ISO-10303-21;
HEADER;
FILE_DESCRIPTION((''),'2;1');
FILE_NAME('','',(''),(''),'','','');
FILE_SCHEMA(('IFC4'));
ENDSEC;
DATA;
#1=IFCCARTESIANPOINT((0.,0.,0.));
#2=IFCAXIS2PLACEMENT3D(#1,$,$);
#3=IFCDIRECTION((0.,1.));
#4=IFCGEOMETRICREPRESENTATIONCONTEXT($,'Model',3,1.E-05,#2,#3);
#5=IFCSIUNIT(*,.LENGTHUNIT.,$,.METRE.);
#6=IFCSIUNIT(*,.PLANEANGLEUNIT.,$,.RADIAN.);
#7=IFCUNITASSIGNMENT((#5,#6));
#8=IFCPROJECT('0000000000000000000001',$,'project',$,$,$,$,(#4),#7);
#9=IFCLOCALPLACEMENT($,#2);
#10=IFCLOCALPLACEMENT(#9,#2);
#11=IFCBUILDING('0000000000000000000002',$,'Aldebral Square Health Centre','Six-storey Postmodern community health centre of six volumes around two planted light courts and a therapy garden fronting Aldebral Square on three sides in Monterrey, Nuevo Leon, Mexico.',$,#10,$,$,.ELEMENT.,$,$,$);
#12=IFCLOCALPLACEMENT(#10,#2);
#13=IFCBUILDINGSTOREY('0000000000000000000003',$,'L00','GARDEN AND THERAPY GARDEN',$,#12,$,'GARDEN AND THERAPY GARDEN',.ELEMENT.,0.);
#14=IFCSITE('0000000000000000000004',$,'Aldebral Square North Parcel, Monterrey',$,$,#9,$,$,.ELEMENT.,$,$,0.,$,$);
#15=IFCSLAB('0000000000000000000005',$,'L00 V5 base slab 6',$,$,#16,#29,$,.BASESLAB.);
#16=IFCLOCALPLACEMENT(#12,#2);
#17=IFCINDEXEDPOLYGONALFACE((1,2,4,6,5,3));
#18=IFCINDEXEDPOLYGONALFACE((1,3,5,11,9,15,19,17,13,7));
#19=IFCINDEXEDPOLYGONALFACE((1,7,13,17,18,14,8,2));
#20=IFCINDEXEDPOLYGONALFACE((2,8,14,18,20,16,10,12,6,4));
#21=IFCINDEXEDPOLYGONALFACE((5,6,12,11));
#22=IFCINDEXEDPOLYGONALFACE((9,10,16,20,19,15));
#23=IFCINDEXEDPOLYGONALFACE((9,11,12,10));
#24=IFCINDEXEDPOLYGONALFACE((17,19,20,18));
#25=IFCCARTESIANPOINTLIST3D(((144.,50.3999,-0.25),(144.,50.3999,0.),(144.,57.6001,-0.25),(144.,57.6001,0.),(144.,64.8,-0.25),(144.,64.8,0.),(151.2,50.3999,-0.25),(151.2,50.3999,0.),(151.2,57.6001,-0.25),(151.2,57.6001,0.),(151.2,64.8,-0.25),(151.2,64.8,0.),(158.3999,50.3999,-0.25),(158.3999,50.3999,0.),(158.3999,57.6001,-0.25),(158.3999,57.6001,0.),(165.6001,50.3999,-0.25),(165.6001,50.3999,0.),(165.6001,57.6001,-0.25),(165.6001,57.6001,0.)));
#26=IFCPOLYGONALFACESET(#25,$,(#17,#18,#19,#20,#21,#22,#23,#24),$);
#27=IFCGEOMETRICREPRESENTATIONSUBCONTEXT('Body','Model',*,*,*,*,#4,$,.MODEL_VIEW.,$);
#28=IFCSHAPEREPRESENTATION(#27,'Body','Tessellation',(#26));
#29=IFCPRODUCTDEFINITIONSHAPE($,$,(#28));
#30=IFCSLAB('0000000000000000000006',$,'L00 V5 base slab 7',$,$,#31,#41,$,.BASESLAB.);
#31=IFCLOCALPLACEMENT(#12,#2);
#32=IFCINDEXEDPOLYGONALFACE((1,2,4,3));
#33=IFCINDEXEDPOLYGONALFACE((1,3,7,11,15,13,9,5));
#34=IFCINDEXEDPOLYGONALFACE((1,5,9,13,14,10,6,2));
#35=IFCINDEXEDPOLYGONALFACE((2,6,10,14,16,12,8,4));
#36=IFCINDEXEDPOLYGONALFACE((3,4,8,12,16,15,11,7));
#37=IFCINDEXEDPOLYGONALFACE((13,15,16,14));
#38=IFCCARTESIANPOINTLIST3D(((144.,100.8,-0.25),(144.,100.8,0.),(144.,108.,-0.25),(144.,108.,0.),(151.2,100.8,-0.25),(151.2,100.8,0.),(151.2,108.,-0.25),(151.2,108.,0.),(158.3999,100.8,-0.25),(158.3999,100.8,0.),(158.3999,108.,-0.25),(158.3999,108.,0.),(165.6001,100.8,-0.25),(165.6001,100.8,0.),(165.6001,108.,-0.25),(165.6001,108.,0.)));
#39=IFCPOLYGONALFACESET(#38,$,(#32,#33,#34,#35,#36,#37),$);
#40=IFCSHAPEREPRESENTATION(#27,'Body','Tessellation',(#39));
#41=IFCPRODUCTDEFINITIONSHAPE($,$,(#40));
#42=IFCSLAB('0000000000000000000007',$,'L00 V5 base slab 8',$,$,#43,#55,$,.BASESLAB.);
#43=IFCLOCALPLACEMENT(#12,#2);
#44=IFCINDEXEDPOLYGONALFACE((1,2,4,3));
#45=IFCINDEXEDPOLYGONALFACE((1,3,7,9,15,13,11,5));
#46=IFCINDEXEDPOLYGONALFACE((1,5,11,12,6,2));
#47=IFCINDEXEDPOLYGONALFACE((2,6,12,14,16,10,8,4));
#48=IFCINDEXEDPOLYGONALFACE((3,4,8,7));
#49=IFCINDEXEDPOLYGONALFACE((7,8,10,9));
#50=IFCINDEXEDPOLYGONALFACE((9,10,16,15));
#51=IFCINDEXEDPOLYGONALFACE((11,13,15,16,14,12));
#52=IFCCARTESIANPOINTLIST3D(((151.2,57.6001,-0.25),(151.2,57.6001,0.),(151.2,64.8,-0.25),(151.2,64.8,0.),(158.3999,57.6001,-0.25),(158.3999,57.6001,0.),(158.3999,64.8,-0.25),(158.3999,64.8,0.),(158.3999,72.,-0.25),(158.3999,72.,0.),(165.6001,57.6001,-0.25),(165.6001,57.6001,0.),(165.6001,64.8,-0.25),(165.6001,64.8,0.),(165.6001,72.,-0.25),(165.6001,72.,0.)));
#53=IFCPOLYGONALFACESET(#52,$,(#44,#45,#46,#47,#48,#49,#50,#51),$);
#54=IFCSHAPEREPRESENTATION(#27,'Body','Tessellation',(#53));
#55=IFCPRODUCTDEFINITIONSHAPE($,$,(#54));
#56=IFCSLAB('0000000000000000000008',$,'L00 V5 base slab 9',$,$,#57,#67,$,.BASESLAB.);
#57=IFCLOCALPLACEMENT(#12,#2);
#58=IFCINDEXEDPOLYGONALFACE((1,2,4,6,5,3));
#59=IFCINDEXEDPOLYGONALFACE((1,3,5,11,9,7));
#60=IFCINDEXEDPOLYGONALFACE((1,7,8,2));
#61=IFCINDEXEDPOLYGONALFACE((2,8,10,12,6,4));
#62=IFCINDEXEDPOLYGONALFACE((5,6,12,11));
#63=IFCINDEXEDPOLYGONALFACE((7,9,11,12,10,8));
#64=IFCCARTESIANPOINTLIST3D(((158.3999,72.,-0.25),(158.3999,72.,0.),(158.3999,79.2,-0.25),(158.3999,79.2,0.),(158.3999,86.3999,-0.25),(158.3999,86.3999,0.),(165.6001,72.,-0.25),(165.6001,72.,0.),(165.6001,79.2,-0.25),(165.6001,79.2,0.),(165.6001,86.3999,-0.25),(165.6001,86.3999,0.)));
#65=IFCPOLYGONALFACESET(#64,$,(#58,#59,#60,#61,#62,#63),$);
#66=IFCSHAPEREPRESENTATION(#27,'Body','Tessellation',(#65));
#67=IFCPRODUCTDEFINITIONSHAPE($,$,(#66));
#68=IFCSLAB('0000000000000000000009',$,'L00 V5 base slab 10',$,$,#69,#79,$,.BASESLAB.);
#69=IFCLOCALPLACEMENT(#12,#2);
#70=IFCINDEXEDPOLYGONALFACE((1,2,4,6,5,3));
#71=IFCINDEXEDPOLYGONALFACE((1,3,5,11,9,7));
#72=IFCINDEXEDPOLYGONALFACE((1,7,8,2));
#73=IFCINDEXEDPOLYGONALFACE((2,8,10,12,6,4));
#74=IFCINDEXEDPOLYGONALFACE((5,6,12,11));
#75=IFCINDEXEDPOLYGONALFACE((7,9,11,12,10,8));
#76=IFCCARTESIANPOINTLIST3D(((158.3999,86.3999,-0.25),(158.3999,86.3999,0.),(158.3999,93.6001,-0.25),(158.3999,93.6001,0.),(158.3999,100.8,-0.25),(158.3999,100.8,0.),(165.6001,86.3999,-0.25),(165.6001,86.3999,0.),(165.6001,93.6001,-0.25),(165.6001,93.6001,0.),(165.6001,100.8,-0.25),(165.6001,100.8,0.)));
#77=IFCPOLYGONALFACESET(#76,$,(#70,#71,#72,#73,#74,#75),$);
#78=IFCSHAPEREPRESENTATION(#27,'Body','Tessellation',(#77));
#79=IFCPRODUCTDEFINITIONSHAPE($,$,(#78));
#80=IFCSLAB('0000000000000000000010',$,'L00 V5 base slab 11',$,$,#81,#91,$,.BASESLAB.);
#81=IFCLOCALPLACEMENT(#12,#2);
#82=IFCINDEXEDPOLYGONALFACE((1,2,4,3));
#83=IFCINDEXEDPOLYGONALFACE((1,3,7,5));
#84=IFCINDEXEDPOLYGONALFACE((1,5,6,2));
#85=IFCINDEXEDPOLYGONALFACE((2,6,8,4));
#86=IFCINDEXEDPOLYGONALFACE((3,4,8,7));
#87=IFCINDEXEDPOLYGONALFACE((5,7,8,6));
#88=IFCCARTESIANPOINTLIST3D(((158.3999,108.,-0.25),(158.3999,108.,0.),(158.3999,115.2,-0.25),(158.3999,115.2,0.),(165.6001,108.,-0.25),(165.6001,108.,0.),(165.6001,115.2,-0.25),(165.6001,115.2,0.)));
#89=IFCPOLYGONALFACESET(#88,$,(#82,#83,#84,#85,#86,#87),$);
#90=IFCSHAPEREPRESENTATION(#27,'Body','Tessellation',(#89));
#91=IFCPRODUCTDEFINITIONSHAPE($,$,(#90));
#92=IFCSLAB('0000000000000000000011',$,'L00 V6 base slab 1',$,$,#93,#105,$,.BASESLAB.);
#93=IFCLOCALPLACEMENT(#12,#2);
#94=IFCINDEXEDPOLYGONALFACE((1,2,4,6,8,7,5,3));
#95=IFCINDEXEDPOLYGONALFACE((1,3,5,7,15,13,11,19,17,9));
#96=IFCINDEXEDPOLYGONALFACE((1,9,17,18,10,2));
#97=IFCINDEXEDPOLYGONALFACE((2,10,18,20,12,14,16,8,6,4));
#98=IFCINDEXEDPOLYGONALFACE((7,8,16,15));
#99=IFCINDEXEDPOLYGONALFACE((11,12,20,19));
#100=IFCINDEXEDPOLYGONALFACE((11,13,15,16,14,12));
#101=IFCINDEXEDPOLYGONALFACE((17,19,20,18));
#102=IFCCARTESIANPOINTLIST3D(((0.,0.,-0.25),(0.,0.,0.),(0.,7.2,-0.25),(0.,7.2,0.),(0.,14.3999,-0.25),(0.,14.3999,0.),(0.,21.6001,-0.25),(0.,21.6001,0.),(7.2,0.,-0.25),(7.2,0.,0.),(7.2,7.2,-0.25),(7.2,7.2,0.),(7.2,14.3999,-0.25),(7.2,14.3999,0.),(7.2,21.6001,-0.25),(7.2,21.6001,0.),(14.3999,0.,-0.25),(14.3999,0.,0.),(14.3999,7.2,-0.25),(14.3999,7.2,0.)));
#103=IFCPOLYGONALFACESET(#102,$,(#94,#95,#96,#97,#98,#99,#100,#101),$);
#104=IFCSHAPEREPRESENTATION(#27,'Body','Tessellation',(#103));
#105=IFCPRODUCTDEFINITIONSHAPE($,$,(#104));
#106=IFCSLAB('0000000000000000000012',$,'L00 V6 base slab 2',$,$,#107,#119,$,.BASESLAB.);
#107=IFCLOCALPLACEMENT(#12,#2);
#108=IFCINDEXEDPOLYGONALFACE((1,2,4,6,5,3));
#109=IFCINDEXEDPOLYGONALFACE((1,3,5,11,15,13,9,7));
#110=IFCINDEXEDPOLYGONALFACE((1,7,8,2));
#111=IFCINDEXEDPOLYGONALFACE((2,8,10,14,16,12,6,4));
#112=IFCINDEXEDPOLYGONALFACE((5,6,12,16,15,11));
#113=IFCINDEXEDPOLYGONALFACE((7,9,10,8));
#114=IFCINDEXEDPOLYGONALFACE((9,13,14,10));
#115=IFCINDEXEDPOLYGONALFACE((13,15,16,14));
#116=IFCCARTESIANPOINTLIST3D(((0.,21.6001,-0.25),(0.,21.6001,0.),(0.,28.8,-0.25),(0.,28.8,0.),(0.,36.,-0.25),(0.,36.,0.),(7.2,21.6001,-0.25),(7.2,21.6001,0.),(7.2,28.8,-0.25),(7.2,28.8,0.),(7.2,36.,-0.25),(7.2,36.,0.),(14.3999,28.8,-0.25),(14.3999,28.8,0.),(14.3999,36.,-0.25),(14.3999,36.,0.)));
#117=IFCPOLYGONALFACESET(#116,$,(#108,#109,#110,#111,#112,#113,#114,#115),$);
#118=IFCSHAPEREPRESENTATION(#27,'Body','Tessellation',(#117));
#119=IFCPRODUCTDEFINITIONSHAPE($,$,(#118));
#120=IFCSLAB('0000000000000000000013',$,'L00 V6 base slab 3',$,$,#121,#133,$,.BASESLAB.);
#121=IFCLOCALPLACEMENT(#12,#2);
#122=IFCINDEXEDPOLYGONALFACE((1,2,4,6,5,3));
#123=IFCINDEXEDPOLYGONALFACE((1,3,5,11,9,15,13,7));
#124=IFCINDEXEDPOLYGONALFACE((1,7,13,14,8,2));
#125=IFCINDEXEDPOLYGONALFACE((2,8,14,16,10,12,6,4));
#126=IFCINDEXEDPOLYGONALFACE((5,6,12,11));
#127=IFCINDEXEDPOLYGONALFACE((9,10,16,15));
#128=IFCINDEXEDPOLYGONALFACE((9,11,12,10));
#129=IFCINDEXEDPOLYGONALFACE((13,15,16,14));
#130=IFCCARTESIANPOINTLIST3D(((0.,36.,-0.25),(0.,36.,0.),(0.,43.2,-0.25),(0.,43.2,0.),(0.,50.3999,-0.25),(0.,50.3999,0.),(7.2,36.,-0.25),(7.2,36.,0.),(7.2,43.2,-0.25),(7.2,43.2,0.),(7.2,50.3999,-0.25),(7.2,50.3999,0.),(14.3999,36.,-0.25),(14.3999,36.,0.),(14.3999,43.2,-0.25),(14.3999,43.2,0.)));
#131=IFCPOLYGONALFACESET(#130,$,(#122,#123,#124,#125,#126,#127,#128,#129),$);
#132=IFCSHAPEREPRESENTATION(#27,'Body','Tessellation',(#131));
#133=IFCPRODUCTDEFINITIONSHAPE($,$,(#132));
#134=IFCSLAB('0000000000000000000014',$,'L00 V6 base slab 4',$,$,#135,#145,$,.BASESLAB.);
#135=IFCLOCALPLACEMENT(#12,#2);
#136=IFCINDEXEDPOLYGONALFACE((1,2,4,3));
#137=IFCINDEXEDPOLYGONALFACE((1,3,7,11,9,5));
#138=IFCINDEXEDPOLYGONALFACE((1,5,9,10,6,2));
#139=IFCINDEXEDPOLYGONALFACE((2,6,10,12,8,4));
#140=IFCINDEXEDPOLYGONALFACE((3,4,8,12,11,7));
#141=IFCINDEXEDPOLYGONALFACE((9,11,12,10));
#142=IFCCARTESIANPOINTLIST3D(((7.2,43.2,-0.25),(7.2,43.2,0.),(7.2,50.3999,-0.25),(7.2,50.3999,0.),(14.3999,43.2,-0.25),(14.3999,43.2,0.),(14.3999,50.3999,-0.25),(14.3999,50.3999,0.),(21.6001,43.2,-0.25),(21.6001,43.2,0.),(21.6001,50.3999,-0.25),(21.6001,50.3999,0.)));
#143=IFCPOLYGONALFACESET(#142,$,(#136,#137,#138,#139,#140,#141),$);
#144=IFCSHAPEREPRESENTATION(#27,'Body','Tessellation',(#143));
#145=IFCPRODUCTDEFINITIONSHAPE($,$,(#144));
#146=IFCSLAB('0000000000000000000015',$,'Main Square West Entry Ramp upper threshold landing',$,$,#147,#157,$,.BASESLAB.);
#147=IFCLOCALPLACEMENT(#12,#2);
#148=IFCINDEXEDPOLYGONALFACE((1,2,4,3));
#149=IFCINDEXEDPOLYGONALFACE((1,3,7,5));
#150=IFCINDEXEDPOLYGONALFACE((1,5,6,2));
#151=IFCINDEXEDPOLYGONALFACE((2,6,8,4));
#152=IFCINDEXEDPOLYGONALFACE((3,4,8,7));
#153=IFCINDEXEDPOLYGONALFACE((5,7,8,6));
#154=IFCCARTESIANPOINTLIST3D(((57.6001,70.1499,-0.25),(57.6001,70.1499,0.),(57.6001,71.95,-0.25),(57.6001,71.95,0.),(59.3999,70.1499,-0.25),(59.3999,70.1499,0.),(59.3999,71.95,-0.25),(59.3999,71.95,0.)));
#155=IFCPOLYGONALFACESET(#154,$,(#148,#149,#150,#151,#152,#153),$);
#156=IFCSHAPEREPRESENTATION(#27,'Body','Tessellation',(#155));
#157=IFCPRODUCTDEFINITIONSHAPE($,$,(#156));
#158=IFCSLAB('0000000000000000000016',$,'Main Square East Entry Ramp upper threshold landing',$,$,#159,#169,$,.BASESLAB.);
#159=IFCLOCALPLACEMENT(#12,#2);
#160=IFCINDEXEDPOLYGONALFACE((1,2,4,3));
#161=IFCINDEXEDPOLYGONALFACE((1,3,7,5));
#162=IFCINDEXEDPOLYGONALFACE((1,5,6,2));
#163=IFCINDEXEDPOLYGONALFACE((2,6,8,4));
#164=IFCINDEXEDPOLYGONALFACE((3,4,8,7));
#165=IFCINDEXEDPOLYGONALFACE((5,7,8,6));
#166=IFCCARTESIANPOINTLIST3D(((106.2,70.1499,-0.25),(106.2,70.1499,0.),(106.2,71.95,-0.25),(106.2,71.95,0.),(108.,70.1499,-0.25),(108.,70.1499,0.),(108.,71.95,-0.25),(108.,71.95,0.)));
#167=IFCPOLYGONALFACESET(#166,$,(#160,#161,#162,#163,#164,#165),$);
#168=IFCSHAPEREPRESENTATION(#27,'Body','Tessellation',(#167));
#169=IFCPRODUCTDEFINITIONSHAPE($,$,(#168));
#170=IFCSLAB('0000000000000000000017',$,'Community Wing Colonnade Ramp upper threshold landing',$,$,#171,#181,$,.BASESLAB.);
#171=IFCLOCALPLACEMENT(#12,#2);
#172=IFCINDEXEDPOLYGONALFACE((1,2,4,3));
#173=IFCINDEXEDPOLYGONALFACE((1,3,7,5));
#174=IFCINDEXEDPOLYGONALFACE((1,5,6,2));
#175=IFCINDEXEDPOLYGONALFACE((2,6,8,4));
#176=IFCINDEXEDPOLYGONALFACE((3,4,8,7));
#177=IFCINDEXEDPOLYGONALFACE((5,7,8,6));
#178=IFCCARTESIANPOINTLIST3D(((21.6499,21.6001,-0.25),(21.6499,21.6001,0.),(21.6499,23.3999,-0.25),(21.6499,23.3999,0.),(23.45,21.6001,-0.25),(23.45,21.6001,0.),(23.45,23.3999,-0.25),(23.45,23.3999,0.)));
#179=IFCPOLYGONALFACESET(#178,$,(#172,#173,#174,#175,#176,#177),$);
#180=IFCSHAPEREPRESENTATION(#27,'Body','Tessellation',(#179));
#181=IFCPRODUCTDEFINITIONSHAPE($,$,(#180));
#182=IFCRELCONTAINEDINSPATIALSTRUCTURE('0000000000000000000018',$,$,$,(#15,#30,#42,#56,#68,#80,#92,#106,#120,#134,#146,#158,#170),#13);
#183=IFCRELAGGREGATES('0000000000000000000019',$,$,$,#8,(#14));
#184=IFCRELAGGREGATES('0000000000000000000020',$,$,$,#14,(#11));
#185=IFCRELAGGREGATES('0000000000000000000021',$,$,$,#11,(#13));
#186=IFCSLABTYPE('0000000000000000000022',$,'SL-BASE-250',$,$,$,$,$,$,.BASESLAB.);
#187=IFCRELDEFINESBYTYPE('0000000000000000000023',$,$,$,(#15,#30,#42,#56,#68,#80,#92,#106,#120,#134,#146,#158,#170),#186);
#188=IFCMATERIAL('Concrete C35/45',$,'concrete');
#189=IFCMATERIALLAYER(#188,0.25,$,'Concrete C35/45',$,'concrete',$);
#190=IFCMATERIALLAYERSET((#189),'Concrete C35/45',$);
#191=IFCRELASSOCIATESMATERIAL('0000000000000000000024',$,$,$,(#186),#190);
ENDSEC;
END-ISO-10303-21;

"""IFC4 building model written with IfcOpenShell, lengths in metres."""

from ifc_helpers import new_model, si_unit, direction, frame, origin, place, context, subcontext, project, spatial, polyline, outline, extrude, material, layer, layer_set, type_object, element, save


model = new_model("IFC4")

# Units and contexts
model_context = context("Model", 3, precision=1e-05, world=origin(), true_north=direction((0.0, 1.0)))
body_context = subcontext(model_context, "Body", "Model", "MODEL_VIEW")
ifc_project = project(units=[si_unit("LENGTHUNIT", "METRE"), si_unit("PLANEANGLEUNIT", "RADIAN")], contexts=[model_context])

# Site, building, storey
site_placement = place(None, origin())
site = spatial("IfcSite", under=ifc_project, at=site_placement, Name="Aldebral Square North Parcel, Monterrey", CompositionType="ELEMENT", RefElevation=0.0)
building_placement = place(site_placement, origin())
building = spatial("IfcBuilding", under=site, at=building_placement, Name="Aldebral Square Health Centre", Description="Six-storey Postmodern community health centre of six volumes around two planted light courts and a therapy garden fronting Aldebral Square on three sides in Monterrey, Nuevo Leon, Mexico.", CompositionType="ELEMENT")
storey_placement = place(building_placement, origin())
storey = spatial("IfcBuildingStorey", under=building, at=storey_placement, Name="L00", Description="GARDEN AND THERAPY GARDEN", LongName="GARDEN AND THERAPY GARDEN", CompositionType="ELEMENT", Elevation=0.0)

# Slabs
ifc_material = material(Name="Concrete C35/45", Category="concrete")
ifc_layer_1 = layer(ifc_material, 0.25, Name="Concrete C35/45", Category="concrete")
ifc_layer_set_1 = layer_set([ifc_layer_1], Name="Concrete C35/45")
slab_type_1 = type_object("IfcSlabType", Name="SL-BASE-250", PredefinedType="BASESLAB", material=ifc_layer_set_1)
slab_1_placement = place(storey_placement, frame((0.0, 0.0, -0.25)))
element("IfcSlab", 1, at=slab_1_placement, inside=storey, type_object=slab_type_1, Name="L00 V5 base slab 6", PredefinedType="BASESLAB", context=body_context, shape_type="SweptSolid", body=[
    extrude(outline(polyline([(144.0, 57.6001), (144.0, 64.8), (151.2, 64.8), (151.2, 57.6001), (158.3999, 57.6001), (165.6001, 57.6001), (165.6001, 50.3999), (158.3999, 50.3999), (151.2, 50.3999), (144.0, 50.3999), (144.0, 57.6001)])), origin(), (0.0, 0.0, 1.0), 0.25),
])
slab_2_placement = place(storey_placement, frame((0.0, 0.0, -0.25)))
element("IfcSlab", 2, at=slab_2_placement, inside=storey, type_object=slab_type_1, Name="L00 V5 base slab 7", PredefinedType="BASESLAB", context=body_context, shape_type="SweptSolid", body=[
    extrude(outline(polyline([(144.0, 100.8), (144.0, 108.0), (151.2, 108.0), (158.3999, 108.0), (165.6001, 108.0), (165.6001, 100.8), (158.3999, 100.8), (151.2, 100.8), (144.0, 100.8)])), origin(), (0.0, 0.0, 1.0), 0.25),
])
slab_3_placement = place(storey_placement, frame((0.0, 0.0, -0.25)))
element("IfcSlab", 3, at=slab_3_placement, inside=storey, type_object=slab_type_1, Name="L00 V5 base slab 8", PredefinedType="BASESLAB", context=body_context, shape_type="SweptSolid", body=[
    extrude(outline(polyline([(151.2, 57.6001), (151.2, 64.8), (158.3999, 64.8), (158.3999, 72.0), (165.6001, 72.0), (165.6001, 64.8), (165.6001, 57.6001), (158.3999, 57.6001), (151.2, 57.6001)])), origin(), (0.0, 0.0, 1.0), 0.25),
])
slab_4_placement = place(storey_placement, frame((0.0, 0.0, -0.25)))
element("IfcSlab", 4, at=slab_4_placement, inside=storey, type_object=slab_type_1, Name="L00 V5 base slab 9", PredefinedType="BASESLAB", context=body_context, shape_type="SweptSolid", body=[
    extrude(outline(polyline([(165.6001, 72.0), (158.3999, 72.0), (158.3999, 79.2), (158.3999, 86.3999), (165.6001, 86.3999), (165.6001, 79.2), (165.6001, 72.0)])), origin(), (0.0, 0.0, 1.0), 0.25),
])
slab_5_placement = place(storey_placement, frame((0.0, 0.0, -0.25)))
element("IfcSlab", 5, at=slab_5_placement, inside=storey, type_object=slab_type_1, Name="L00 V5 base slab 10", PredefinedType="BASESLAB", context=body_context, shape_type="SweptSolid", body=[
    extrude(outline(polyline([(165.6001, 86.3999), (158.3999, 86.3999), (158.3999, 93.6001), (158.3999, 100.8), (165.6001, 100.8), (165.6001, 93.6001), (165.6001, 86.3999)])), origin(), (0.0, 0.0, 1.0), 0.25),
])
slab_6_placement = place(storey_placement, frame((0.0, 0.0, -0.25)))
element("IfcSlab", 6, at=slab_6_placement, inside=storey, type_object=slab_type_1, Name="L00 V5 base slab 11", PredefinedType="BASESLAB", context=body_context, shape_type="SweptSolid", body=[
    extrude(outline(polyline([(165.6001, 108.0), (165.6001, 115.2), (158.3999, 115.2), (158.3999, 108.0), (165.6001, 108.0)])), origin(), (0.0, 0.0, 1.0), 0.25),
])
slab_7_placement = place(storey_placement, frame((0.0, 0.0, -0.25)))
element("IfcSlab", 7, at=slab_7_placement, inside=storey, type_object=slab_type_1, Name="L00 V6 base slab 1", PredefinedType="BASESLAB", context=body_context, shape_type="SweptSolid", body=[
    extrude(outline(polyline([(0.0, 7.2), (0.0, 14.3999), (0.0, 21.6001), (7.2, 21.6001), (7.2, 14.3999), (7.2, 7.2), (14.3999, 7.2), (14.3999, 0.0), (7.2, 0.0), (0.0, 0.0), (0.0, 7.2)])), origin(), (0.0, 0.0, 1.0), 0.25),
])
slab_8_placement = place(storey_placement, frame((0.0, 0.0, -0.25)))
element("IfcSlab", 8, at=slab_8_placement, inside=storey, type_object=slab_type_1, Name="L00 V6 base slab 2", PredefinedType="BASESLAB", context=body_context, shape_type="SweptSolid", body=[
    extrude(outline(polyline([(7.2, 21.6001), (0.0, 21.6001), (0.0, 28.8), (0.0, 36.0), (7.2, 36.0), (14.3999, 36.0), (14.3999, 28.8), (7.2, 28.8), (7.2, 21.6001)])), origin(), (0.0, 0.0, 1.0), 0.25),
])
slab_9_placement = place(storey_placement, frame((0.0, 0.0, -0.25)))
element("IfcSlab", 9, at=slab_9_placement, inside=storey, type_object=slab_type_1, Name="L00 V6 base slab 3", PredefinedType="BASESLAB", context=body_context, shape_type="SweptSolid", body=[
    extrude(outline(polyline([(0.0, 36.0), (0.0, 43.2), (0.0, 50.3999), (7.2, 50.3999), (7.2, 43.2), (14.3999, 43.2), (14.3999, 36.0), (7.2, 36.0), (0.0, 36.0)])), origin(), (0.0, 0.0, 1.0), 0.25),
])
slab_10_placement = place(storey_placement, frame((0.0, 0.0, -0.25)))
element("IfcSlab", 10, at=slab_10_placement, inside=storey, type_object=slab_type_1, Name="L00 V6 base slab 4", PredefinedType="BASESLAB", context=body_context, shape_type="SweptSolid", body=[
    extrude(outline(polyline([(7.2, 43.2), (7.2, 50.3999), (14.3999, 50.3999), (21.6001, 50.3999), (21.6001, 43.2), (14.3999, 43.2), (7.2, 43.2)])), origin(), (0.0, 0.0, 1.0), 0.25),
])
slab_11_placement = place(storey_placement, frame((0.0, 0.0, -0.25)))
element("IfcSlab", 11, at=slab_11_placement, inside=storey, type_object=slab_type_1, Name="Main Square West Entry Ramp upper threshold landing", PredefinedType="BASESLAB", context=body_context, shape_type="SweptSolid", body=[
    extrude(outline(polyline([(57.6001, 70.1499), (59.3999, 70.1499), (59.3999, 71.95), (57.6001, 71.95), (57.6001, 70.1499)])), origin(), (0.0, 0.0, 1.0), 0.25),
])
slab_12_placement = place(storey_placement, frame((0.0, 0.0, -0.25)))
element("IfcSlab", 12, at=slab_12_placement, inside=storey, type_object=slab_type_1, Name="Main Square East Entry Ramp upper threshold landing", PredefinedType="BASESLAB", context=body_context, shape_type="SweptSolid", body=[
    extrude(outline(polyline([(108.0, 71.95), (106.2, 71.95), (106.2, 70.1499), (108.0, 70.1499), (108.0, 71.95)])), origin(), (0.0, 0.0, 1.0), 0.25),
])
slab_13_placement = place(storey_placement, frame((0.0, 0.0, -0.25)))
element("IfcSlab", 13, at=slab_13_placement, inside=storey, type_object=slab_type_1, Name="Community Wing Colonnade Ramp upper threshold landing", PredefinedType="BASESLAB", context=body_context, shape_type="SweptSolid", body=[
    extrude(outline(polyline([(23.45, 21.6001), (23.45, 23.3999), (21.6499, 23.3999), (21.6499, 21.6001), (23.45, 21.6001)])), origin(), (0.0, 0.0, 1.0), 0.25),
])

save(model, "model.ifc")
